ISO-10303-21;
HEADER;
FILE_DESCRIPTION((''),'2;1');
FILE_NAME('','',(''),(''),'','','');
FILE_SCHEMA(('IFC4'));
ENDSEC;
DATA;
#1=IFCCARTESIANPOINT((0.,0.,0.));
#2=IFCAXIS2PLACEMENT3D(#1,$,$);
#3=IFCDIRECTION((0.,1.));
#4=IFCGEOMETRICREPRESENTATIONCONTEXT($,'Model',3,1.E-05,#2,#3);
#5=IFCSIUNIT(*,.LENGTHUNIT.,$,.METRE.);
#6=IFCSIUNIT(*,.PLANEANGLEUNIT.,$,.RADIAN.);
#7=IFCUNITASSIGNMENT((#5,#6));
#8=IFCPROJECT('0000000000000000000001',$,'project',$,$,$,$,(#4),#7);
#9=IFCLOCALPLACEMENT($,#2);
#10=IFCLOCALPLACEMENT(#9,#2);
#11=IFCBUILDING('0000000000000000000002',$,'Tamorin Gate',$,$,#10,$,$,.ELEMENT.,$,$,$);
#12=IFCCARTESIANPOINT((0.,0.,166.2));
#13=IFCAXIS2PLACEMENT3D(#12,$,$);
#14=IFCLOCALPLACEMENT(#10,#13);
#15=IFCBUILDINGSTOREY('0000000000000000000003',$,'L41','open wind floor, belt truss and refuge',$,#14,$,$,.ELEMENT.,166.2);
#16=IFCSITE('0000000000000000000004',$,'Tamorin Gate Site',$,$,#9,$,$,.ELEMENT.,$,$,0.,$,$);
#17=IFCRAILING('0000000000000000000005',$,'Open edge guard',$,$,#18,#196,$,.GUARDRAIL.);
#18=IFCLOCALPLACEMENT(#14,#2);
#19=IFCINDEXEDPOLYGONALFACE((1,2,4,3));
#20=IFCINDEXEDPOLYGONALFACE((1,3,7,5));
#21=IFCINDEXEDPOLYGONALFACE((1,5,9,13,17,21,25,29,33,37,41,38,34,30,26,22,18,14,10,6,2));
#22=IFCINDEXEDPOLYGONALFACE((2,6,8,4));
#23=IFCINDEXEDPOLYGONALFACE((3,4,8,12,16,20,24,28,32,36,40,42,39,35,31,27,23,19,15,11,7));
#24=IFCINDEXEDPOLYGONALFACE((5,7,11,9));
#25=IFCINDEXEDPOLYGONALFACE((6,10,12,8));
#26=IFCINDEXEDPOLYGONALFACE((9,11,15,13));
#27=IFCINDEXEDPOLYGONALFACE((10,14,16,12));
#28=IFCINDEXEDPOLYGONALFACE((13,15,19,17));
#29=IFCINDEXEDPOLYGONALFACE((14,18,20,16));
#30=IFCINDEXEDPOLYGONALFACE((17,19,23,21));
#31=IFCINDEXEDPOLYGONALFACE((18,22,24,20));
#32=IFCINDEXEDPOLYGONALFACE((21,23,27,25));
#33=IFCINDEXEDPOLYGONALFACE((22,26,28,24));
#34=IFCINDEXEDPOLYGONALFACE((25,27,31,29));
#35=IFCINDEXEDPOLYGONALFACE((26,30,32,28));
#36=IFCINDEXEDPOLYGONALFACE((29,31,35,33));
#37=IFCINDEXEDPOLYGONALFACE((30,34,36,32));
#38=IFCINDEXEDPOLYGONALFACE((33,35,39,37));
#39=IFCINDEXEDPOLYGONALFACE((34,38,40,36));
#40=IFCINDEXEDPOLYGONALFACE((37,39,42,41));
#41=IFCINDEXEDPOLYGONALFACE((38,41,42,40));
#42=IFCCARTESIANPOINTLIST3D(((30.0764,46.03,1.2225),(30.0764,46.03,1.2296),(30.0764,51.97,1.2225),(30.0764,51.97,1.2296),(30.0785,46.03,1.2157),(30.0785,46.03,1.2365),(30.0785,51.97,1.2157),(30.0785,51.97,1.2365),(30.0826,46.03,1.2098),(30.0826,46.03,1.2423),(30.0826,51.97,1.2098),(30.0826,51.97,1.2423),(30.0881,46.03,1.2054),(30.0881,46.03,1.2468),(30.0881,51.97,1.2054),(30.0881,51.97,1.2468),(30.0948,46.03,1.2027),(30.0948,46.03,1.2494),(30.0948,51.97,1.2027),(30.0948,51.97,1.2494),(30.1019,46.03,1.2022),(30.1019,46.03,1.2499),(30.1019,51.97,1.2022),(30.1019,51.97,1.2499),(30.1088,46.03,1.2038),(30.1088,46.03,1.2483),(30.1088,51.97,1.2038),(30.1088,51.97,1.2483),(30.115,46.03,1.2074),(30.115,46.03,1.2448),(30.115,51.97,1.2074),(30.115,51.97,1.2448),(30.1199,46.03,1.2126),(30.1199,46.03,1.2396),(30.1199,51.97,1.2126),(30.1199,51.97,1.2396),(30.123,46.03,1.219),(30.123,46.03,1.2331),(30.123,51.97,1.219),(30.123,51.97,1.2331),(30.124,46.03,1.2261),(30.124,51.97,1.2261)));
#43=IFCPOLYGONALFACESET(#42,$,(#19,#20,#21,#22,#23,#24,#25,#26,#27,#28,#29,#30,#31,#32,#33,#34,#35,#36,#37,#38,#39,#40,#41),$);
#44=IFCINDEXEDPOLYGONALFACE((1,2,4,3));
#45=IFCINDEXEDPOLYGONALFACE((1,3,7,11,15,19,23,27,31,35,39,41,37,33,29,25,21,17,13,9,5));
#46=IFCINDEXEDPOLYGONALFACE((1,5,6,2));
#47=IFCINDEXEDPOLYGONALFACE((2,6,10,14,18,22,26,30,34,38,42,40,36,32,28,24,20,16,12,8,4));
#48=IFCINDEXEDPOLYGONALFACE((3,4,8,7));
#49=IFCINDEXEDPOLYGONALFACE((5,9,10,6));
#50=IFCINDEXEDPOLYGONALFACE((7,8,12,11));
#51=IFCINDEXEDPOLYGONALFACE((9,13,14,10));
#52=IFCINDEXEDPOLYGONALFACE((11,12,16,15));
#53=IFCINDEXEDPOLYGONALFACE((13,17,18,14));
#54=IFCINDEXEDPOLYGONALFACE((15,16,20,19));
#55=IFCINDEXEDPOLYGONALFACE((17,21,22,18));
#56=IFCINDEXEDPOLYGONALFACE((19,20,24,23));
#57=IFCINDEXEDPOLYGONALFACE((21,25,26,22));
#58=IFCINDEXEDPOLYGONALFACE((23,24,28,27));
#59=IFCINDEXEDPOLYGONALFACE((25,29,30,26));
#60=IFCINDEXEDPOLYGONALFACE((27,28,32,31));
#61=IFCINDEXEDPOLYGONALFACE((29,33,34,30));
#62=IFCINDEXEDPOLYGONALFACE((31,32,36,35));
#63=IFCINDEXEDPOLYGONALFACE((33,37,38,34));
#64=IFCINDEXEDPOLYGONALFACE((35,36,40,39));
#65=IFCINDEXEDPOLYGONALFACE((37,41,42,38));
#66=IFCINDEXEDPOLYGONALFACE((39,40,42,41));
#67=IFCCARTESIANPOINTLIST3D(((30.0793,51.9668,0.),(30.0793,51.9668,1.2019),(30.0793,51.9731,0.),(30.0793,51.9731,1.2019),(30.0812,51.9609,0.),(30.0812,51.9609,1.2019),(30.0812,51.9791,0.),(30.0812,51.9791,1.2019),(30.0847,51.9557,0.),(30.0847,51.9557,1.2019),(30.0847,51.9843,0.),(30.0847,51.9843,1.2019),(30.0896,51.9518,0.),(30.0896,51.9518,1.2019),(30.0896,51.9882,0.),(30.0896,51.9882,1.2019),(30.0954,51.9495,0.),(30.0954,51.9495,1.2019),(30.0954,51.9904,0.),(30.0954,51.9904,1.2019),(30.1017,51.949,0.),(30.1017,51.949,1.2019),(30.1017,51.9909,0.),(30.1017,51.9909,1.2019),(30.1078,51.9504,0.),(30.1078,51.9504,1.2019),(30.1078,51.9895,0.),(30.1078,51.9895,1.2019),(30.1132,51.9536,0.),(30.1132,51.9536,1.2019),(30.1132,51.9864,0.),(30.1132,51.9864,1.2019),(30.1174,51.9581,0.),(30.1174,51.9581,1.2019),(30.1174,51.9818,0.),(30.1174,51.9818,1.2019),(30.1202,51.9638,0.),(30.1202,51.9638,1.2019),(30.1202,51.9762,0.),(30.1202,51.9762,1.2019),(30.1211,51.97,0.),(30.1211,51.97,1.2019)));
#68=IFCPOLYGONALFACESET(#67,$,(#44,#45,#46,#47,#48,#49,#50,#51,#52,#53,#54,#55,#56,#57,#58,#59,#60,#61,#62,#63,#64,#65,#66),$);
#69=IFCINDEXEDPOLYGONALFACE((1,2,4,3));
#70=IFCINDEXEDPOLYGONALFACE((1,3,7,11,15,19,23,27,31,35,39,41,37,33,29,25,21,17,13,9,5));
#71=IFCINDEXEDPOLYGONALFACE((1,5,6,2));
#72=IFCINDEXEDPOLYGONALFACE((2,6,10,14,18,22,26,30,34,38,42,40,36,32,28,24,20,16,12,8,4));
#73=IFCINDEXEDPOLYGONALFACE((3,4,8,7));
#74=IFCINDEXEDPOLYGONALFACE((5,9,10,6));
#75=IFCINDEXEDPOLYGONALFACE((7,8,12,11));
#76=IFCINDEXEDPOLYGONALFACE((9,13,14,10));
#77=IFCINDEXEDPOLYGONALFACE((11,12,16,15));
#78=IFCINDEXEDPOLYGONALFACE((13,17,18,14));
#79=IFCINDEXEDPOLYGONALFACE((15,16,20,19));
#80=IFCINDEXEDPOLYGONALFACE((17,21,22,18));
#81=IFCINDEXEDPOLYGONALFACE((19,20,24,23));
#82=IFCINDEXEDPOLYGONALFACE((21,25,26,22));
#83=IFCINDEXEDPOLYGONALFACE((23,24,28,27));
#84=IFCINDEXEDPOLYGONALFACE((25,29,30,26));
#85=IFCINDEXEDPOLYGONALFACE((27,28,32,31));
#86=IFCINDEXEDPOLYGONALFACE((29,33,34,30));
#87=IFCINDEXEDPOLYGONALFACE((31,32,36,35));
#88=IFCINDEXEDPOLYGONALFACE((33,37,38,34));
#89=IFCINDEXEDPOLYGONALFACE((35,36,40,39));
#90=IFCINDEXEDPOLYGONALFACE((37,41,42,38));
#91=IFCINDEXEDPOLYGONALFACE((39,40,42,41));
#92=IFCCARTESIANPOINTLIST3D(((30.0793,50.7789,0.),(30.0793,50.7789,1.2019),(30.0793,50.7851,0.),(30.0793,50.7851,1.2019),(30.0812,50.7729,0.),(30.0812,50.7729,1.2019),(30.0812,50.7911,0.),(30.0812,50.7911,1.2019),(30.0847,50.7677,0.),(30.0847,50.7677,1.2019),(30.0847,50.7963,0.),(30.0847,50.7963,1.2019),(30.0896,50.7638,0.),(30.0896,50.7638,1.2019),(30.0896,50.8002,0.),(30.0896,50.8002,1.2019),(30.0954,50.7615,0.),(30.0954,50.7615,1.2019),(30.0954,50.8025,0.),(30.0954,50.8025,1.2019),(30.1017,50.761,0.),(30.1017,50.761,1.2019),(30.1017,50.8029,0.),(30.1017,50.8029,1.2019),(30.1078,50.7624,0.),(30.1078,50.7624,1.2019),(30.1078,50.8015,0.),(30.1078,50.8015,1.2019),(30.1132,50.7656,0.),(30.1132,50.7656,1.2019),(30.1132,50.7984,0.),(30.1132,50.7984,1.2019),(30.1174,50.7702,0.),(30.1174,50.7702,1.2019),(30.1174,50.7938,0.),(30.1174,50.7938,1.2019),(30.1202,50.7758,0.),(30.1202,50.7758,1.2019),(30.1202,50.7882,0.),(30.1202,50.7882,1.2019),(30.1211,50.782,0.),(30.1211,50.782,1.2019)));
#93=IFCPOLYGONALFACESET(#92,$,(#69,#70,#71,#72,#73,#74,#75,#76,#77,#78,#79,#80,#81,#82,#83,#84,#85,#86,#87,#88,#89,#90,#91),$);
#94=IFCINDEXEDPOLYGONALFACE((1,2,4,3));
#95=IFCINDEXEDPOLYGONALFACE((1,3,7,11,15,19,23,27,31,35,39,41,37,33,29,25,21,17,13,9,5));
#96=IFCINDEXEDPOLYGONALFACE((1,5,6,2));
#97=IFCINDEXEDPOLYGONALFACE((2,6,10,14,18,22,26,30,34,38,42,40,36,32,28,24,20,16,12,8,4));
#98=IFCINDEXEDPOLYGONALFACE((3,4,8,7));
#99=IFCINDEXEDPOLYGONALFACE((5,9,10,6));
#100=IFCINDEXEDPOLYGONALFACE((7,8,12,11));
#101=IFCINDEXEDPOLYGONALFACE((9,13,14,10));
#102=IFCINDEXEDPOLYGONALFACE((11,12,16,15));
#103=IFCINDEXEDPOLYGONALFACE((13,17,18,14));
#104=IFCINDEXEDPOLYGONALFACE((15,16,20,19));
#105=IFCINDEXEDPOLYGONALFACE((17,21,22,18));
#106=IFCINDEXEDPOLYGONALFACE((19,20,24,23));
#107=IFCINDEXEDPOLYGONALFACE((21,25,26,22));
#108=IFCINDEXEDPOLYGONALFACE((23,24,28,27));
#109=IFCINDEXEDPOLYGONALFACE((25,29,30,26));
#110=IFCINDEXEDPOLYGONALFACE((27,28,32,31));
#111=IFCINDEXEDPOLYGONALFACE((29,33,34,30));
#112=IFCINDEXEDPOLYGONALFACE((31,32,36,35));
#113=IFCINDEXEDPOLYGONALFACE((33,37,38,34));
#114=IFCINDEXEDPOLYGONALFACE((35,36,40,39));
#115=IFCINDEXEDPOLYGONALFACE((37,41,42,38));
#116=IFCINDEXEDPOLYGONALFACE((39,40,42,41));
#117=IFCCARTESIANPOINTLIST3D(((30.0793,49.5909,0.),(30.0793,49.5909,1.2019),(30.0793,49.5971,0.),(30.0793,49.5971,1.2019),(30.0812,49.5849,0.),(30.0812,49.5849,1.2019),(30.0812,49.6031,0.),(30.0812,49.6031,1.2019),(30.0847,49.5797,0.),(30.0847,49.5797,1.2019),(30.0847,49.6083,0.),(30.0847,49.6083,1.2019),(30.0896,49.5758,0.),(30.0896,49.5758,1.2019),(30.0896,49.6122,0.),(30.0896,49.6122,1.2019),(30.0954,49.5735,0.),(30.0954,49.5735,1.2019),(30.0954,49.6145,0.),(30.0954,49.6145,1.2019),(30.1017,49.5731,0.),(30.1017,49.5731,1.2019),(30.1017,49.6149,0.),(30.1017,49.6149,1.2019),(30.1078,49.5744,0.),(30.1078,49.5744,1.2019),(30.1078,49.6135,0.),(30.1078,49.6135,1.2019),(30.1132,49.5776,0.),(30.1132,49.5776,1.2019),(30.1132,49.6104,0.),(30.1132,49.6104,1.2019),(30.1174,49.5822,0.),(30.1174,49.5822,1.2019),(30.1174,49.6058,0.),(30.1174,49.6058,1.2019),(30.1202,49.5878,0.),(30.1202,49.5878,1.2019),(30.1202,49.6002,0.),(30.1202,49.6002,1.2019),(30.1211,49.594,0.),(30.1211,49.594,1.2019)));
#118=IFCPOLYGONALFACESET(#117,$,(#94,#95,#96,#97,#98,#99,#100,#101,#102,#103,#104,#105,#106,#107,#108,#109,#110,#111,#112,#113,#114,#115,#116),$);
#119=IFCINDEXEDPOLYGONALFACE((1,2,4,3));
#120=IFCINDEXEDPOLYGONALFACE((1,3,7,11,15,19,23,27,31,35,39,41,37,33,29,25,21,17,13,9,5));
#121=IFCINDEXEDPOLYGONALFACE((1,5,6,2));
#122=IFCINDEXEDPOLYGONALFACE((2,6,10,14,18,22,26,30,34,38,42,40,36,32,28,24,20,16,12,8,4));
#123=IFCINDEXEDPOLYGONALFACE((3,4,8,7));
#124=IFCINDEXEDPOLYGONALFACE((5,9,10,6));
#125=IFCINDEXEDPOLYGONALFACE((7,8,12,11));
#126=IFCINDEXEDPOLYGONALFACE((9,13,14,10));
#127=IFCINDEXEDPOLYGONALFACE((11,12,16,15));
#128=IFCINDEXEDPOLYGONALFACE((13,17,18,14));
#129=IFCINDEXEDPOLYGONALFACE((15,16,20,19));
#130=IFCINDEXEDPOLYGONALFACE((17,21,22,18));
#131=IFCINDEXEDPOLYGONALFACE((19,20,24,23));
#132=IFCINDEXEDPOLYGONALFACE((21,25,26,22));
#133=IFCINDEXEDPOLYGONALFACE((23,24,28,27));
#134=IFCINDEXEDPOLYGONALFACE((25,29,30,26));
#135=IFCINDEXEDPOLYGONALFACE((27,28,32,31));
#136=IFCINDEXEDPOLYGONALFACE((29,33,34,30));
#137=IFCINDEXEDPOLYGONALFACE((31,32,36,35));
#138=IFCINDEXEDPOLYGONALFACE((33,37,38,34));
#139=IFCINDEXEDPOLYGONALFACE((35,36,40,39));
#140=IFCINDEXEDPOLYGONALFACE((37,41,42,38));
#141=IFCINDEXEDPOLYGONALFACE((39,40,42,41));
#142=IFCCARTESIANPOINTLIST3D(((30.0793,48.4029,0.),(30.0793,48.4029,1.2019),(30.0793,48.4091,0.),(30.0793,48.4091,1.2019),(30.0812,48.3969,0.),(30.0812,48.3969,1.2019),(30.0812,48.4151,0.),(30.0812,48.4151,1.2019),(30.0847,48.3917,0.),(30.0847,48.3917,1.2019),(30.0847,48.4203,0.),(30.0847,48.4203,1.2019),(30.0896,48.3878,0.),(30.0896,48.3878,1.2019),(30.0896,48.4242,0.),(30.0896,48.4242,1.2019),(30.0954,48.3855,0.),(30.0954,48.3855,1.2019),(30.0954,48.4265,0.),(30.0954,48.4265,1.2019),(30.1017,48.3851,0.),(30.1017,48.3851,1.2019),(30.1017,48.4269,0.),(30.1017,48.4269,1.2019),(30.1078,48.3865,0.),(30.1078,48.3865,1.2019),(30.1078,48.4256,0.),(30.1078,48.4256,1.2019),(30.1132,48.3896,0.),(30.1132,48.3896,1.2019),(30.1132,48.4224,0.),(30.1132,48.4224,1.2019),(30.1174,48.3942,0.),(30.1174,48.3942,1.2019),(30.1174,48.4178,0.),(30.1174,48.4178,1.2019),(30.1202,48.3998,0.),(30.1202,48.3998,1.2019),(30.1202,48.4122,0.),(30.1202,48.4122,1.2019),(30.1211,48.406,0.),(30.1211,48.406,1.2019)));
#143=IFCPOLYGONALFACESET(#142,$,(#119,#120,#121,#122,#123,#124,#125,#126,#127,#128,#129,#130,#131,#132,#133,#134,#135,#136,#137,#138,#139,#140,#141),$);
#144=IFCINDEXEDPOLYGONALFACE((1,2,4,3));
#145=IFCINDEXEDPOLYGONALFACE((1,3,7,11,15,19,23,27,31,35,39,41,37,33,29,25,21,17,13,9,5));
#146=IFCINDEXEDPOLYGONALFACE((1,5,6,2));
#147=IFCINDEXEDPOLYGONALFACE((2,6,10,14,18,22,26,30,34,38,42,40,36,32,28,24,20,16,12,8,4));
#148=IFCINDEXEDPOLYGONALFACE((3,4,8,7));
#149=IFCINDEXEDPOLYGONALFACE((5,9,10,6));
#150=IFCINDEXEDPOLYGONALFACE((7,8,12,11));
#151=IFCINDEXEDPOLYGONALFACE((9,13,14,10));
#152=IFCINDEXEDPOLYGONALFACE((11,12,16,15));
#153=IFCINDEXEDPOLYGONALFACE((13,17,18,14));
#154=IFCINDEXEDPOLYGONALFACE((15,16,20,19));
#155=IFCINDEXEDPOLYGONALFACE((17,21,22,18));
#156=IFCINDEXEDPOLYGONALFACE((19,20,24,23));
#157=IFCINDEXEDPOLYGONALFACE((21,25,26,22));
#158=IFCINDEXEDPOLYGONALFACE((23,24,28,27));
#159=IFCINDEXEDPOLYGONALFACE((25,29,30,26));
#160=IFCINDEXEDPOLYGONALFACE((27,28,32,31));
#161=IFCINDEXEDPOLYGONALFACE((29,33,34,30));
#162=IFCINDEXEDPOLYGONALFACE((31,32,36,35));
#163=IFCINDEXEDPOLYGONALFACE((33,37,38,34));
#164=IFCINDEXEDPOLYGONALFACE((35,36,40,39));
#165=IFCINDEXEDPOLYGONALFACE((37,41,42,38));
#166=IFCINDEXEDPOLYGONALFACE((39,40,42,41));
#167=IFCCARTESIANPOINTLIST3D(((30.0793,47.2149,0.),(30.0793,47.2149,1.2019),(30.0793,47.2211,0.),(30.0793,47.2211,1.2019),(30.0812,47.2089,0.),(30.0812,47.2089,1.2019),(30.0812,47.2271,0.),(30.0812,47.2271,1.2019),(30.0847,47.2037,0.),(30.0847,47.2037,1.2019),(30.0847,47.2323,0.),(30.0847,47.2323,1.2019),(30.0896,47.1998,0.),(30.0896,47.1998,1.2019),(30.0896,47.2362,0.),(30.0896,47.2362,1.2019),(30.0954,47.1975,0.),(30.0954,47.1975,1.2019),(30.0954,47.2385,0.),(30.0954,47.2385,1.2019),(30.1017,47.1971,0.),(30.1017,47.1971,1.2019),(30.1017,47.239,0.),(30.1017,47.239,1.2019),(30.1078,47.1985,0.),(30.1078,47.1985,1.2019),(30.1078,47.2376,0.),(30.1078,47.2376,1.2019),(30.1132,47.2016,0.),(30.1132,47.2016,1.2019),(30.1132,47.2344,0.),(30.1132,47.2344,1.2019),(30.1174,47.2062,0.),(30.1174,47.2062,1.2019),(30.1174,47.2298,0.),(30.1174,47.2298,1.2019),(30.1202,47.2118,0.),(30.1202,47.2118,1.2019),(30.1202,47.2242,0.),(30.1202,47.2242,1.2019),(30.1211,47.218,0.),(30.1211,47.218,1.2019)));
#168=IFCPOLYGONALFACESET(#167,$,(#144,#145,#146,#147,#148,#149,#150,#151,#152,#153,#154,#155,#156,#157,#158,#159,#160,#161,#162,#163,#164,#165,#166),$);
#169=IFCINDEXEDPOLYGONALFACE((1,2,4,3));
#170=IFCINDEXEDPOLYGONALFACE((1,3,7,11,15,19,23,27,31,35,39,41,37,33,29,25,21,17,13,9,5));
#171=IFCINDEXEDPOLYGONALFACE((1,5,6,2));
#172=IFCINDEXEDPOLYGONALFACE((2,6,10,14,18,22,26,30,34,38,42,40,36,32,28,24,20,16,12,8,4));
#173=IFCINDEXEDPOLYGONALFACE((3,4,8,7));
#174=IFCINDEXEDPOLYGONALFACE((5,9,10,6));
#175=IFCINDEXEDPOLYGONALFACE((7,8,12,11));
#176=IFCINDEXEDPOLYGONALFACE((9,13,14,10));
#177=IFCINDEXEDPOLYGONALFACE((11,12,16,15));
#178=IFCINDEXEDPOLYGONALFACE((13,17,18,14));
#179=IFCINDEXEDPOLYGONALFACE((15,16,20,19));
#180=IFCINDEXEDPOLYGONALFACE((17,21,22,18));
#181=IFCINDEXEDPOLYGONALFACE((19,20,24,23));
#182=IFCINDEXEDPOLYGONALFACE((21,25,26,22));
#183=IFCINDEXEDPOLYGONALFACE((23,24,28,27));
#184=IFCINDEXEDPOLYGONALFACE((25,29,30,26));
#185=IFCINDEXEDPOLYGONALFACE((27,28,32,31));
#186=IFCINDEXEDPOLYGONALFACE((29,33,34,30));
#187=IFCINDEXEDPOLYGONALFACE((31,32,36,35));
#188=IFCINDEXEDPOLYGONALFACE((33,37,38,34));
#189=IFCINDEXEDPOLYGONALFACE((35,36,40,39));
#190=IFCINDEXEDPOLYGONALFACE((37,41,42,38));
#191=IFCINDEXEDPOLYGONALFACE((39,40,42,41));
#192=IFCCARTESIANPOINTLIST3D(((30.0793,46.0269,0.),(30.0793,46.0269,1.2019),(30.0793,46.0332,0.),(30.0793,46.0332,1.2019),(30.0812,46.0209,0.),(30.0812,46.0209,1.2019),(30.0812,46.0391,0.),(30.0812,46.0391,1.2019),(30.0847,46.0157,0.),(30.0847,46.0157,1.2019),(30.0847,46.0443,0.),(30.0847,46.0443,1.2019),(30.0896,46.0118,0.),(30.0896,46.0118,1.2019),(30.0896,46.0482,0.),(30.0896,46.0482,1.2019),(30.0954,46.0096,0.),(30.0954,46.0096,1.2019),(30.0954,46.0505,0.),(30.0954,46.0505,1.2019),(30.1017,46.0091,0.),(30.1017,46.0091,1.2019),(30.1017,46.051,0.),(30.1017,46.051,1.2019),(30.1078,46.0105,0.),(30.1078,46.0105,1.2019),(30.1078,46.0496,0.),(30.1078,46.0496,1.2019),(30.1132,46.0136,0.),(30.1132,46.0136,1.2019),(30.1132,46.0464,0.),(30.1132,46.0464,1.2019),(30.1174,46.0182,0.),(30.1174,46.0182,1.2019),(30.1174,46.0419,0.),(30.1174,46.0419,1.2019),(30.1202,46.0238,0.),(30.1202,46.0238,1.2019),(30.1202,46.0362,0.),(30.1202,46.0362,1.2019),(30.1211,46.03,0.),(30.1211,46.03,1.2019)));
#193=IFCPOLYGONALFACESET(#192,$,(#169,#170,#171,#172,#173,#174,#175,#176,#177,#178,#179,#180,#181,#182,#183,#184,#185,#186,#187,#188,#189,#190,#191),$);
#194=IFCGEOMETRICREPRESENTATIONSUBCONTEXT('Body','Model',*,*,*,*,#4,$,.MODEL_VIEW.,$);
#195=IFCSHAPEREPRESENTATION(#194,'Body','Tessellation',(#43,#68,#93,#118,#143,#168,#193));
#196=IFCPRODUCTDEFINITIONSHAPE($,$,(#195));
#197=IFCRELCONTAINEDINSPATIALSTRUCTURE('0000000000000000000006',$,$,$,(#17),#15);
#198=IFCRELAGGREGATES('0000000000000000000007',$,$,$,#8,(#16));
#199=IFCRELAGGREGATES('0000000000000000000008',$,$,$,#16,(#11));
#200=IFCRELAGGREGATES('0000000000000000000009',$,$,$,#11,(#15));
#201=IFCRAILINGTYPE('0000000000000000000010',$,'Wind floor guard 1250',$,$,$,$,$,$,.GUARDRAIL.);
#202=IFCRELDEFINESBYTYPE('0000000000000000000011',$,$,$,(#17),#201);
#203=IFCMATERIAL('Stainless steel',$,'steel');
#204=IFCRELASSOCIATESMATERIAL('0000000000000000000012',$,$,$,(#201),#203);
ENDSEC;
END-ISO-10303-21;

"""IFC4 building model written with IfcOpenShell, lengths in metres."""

from ifc_helpers import new_model, si_unit, direction, frame, origin, origin_2d, place, context, subcontext, project, spatial, circle, extrude, material, type_object, element, save


model = new_model("IFC4")

# Units and contexts
model_context = context("Model", 3, precision=1e-05, world=origin(), true_north=direction((0.0, 1.0)))
body_context = subcontext(model_context, "Body", "Model", "MODEL_VIEW")
ifc_project = project(units=[si_unit("LENGTHUNIT", "METRE"), si_unit("PLANEANGLEUNIT", "RADIAN")], contexts=[model_context])

# Site, building, storey
site_placement = place(None, origin())
site = spatial("IfcSite", under=ifc_project, at=site_placement, Name="Tamorin Gate Site", CompositionType="ELEMENT", RefElevation=0.0)
building_placement = place(site_placement, origin())
building = spatial("IfcBuilding", under=site, at=building_placement, Name="Tamorin Gate", CompositionType="ELEMENT")
storey_placement = place(building_placement, frame((0.0, 0.0, 166.2)))
storey = spatial("IfcBuildingStorey", under=building, at=storey_placement, Name="L41", Description="open wind floor, belt truss and refuge", CompositionType="ELEMENT", Elevation=166.2)

# Railing
ifc_material_1 = material(Name="Stainless steel", Category="steel")
railing_type = type_object("IfcRailingType", Name="Wind floor guard 1250", PredefinedType="GUARDRAIL", material=ifc_material_1)
railing_1_placement = place(storey_placement, frame((30.1001, 51.97, 0.0)))
element("IfcRailing", 1, at=railing_1_placement, inside=storey, type_object=railing_type, Name="Open edge guard", PredefinedType="GUARDRAIL", context=body_context, shape_type="SweptSolid", body=[
    extrude(circle(Radius=0.0239, at=origin_2d()), frame((0.0, 0.0, 1.2261), z_axis=(0.0, -1.0, 0.0), x_axis=(1.0, 0.0, 0.0)), (0.0, 0.0, 1.0), 5.9399),
    extrude(circle(Radius=0.021, at=origin_2d()), origin(), (0.0, 0.0, 1.0), 1.2019),
    extrude(circle(Radius=0.021, at=origin_2d()), frame((0.0, -1.188, 0.0)), (0.0, 0.0, 1.0), 1.2019),
    extrude(circle(Radius=0.021, at=origin_2d()), frame((0.0, -2.376, 0.0)), (0.0, 0.0, 1.0), 1.2019),
    extrude(circle(Radius=0.021, at=origin_2d()), frame((0.0, -3.564, 0.0)), (0.0, 0.0, 1.0), 1.2019),
    extrude(circle(Radius=0.021, at=origin_2d()), frame((0.0, -4.752, 0.0)), (0.0, 0.0, 1.0), 1.2019),
    extrude(circle(Radius=0.021, at=origin_2d()), frame((0.0, -5.9399, 0.0)), (0.0, 0.0, 1.0), 1.2019),
])

save(model, "model.ifc")
